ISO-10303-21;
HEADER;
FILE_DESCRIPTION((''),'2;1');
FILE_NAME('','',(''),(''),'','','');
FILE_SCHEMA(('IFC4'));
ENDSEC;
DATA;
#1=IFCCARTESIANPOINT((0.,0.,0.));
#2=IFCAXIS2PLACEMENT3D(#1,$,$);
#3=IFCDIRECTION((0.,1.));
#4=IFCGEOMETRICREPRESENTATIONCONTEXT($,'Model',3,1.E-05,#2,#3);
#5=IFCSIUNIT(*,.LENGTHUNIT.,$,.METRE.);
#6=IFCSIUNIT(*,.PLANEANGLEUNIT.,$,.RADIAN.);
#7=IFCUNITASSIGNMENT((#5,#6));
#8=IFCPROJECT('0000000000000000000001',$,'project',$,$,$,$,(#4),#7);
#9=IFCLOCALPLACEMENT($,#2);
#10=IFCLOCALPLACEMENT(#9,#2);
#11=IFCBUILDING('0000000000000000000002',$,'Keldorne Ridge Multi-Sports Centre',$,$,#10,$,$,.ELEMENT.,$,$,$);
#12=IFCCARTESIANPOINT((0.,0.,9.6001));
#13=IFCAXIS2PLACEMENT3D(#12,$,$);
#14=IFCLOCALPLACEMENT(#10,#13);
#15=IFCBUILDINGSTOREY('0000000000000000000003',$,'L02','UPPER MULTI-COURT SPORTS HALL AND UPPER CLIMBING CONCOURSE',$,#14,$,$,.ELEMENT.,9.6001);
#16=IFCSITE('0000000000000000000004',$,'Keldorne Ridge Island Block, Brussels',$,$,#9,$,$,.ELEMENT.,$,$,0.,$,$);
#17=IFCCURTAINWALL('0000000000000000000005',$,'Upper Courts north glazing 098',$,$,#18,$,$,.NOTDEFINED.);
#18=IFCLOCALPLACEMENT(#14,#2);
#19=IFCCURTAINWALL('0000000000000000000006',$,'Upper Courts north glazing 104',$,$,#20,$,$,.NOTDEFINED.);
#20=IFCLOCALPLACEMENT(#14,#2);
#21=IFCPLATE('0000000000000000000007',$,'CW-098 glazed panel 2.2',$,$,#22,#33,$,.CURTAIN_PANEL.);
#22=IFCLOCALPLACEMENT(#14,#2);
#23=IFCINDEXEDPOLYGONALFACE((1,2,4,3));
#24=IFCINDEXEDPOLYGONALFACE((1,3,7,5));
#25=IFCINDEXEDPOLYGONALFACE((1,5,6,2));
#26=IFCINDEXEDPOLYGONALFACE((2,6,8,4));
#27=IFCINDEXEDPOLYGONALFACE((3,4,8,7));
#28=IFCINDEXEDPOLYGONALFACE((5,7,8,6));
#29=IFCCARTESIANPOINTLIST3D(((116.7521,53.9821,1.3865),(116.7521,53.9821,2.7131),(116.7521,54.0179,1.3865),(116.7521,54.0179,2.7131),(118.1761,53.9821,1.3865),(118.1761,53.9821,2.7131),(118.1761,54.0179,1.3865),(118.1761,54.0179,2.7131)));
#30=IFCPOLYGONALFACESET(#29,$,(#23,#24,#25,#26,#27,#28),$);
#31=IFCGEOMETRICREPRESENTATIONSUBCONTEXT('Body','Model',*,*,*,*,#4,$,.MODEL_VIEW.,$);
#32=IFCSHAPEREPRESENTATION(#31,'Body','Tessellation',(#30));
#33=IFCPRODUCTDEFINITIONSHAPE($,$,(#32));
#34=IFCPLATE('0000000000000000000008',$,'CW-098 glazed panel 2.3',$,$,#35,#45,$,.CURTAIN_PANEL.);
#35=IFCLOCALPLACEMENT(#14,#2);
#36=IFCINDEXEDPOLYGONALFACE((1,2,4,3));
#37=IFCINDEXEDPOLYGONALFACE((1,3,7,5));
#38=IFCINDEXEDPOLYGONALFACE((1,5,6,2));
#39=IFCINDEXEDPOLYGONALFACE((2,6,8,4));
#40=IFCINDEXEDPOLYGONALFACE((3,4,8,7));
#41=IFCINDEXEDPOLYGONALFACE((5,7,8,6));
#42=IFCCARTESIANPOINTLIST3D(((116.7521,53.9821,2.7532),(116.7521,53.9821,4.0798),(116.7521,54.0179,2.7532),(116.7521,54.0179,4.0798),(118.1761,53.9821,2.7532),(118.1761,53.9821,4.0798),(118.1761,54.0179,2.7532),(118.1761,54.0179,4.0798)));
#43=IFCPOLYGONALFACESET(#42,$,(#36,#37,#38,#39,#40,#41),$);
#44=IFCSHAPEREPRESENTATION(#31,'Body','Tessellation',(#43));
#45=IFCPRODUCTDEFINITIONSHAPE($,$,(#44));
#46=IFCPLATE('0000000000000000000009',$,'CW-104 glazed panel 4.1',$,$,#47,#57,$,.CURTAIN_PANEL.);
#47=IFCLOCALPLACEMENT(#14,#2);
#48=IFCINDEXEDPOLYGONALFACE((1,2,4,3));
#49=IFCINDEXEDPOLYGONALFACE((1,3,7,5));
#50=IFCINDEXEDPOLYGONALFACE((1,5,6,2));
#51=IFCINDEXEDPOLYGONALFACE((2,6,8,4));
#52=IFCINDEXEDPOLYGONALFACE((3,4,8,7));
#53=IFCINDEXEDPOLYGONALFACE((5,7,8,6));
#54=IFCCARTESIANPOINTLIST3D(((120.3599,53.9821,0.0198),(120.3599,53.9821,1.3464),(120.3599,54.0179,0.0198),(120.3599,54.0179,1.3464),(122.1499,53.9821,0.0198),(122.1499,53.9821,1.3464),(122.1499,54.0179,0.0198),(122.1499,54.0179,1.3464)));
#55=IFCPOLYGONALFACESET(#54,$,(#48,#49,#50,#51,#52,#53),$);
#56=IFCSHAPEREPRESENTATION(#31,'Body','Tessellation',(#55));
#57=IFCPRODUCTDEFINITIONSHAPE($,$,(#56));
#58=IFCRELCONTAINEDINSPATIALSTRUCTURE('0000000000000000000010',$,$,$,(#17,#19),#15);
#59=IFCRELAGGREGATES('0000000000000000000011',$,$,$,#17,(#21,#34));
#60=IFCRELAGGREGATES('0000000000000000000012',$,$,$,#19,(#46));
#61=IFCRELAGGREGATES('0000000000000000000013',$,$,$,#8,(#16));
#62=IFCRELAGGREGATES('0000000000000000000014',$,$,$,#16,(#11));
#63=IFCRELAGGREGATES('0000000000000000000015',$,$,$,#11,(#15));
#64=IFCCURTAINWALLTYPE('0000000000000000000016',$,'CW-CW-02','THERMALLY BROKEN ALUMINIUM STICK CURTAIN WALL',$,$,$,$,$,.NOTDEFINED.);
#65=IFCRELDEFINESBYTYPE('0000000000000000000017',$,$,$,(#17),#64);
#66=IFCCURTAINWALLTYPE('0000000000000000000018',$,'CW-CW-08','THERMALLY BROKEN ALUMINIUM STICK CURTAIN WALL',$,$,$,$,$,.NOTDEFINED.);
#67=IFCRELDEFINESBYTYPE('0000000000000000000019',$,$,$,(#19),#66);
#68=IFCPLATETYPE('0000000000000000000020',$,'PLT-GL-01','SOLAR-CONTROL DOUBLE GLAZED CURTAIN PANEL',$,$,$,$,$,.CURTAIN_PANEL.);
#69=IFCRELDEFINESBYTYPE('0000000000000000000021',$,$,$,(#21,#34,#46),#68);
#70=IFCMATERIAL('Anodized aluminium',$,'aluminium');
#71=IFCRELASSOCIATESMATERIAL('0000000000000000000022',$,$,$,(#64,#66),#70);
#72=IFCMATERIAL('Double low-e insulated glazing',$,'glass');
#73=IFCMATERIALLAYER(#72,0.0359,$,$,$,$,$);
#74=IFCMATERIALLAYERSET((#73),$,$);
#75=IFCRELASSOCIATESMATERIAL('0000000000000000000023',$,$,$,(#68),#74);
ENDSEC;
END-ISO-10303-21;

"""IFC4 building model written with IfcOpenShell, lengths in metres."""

from ifc_helpers import new_model, si_unit, direction, frame, origin, origin_2d, place, context, subcontext, project, spatial, rectangle, extrude, material, layer, layer_set, type_object, element, aggregate, save


model = new_model("IFC4")

# Units and contexts
model_context = context("Model", 3, precision=1e-05, world=origin(), true_north=direction((0.0, 1.0)))
body_context = subcontext(model_context, "Body", "Model", "MODEL_VIEW")
ifc_project = project(units=[si_unit("LENGTHUNIT", "METRE"), si_unit("PLANEANGLEUNIT", "RADIAN")], contexts=[model_context])

# Site, building, storey
site_placement = place(None, origin())
site = spatial("IfcSite", under=ifc_project, at=site_placement, Name="Keldorne Ridge Island Block, Brussels", CompositionType="ELEMENT", RefElevation=0.0)
building_placement = place(site_placement, origin())
building = spatial("IfcBuilding", under=site, at=building_placement, Name="Keldorne Ridge Multi-Sports Centre", CompositionType="ELEMENT")
storey_placement = place(building_placement, frame((0.0, 0.0, 9.6001)))
storey = spatial("IfcBuildingStorey", under=building, at=storey_placement, Name="L02", Description="UPPER MULTI-COURT SPORTS HALL AND UPPER CLIMBING CONCOURSE", CompositionType="ELEMENT", Elevation=9.6001)

# Curtain wall
ifc_material_1 = material(Name="Anodized aluminium", Category="aluminium")
curtain_wall_type_1 = type_object("IfcCurtainWallType", Name="CW-CW-02", Description="THERMALLY BROKEN ALUMINIUM STICK CURTAIN WALL", PredefinedType="NOTDEFINED", material=ifc_material_1)
curtain_wall_1_placement = place(storey_placement, origin())
curtain_wall_1 = element("IfcCurtainWall", 1, at=curtain_wall_1_placement, inside=storey, type_object=curtain_wall_type_1, Name="Upper Courts north glazing 098", PredefinedType="NOTDEFINED")

# Curtain wall
curtain_wall_type_2 = type_object("IfcCurtainWallType", Name="CW-CW-08", Description="THERMALLY BROKEN ALUMINIUM STICK CURTAIN WALL", PredefinedType="NOTDEFINED", material=ifc_material_1)
curtain_wall_2_placement = place(storey_placement, origin())
curtain_wall_2 = element("IfcCurtainWall", 2, at=curtain_wall_2_placement, inside=storey, type_object=curtain_wall_type_2, Name="Upper Courts north glazing 104", PredefinedType="NOTDEFINED")

# Plates
ifc_material_2 = material(Name="Double low-e insulated glazing", Category="glass")
ifc_layer = layer(ifc_material_2, 0.0359)
ifc_layer_set = layer_set([ifc_layer])
plate_type = type_object("IfcPlateType", Name="PLT-GL-01", Description="SOLAR-CONTROL DOUBLE GLAZED CURTAIN PANEL", PredefinedType="CURTAIN_PANEL", material=ifc_layer_set)
plate_1_placement = place(storey_placement, frame((117.4641, 54.0, 1.3865), z_axis=(0.0, 0.0, 1.0), x_axis=(-1.0, 0.0, 0.0)))
plate_1 = element("IfcPlate", 3, at=plate_1_placement, type_object=plate_type, Name="CW-098 glazed panel 2.2", PredefinedType="CURTAIN_PANEL", context=body_context, shape_type="SweptSolid", body=[
    extrude(rectangle(XDim=1.4241, YDim=0.0359, at=origin_2d()), origin(), (0.0, 0.0, 1.0), 1.3267),
])
plate_2_placement = place(storey_placement, frame((117.4641, 54.0, 2.7532), z_axis=(0.0, 0.0, 1.0), x_axis=(-1.0, 0.0, 0.0)))
plate_2 = element("IfcPlate", 4, at=plate_2_placement, type_object=plate_type, Name="CW-098 glazed panel 2.3", PredefinedType="CURTAIN_PANEL", context=body_context, shape_type="SweptSolid", body=[
    extrude(rectangle(XDim=1.4241, YDim=0.0359, at=origin_2d()), origin(), (0.0, 0.0, 1.0), 1.3267),
])
aggregate(curtain_wall_1, [plate_1, plate_2])
plate_3_placement = place(storey_placement, frame((121.2549, 54.0, 0.0198), z_axis=(0.0, 0.0, 1.0), x_axis=(-1.0, 0.0, 0.0)))
plate_3 = element("IfcPlate", 5, at=plate_3_placement, type_object=plate_type, Name="CW-104 glazed panel 4.1", PredefinedType="CURTAIN_PANEL", context=body_context, shape_type="SweptSolid", body=[
    extrude(rectangle(XDim=1.79, YDim=0.0359, at=origin_2d()), origin(), (0.0, 0.0, 1.0), 1.3267),
])
aggregate(curtain_wall_2, [plate_3])

save(model, "model.ifc")
